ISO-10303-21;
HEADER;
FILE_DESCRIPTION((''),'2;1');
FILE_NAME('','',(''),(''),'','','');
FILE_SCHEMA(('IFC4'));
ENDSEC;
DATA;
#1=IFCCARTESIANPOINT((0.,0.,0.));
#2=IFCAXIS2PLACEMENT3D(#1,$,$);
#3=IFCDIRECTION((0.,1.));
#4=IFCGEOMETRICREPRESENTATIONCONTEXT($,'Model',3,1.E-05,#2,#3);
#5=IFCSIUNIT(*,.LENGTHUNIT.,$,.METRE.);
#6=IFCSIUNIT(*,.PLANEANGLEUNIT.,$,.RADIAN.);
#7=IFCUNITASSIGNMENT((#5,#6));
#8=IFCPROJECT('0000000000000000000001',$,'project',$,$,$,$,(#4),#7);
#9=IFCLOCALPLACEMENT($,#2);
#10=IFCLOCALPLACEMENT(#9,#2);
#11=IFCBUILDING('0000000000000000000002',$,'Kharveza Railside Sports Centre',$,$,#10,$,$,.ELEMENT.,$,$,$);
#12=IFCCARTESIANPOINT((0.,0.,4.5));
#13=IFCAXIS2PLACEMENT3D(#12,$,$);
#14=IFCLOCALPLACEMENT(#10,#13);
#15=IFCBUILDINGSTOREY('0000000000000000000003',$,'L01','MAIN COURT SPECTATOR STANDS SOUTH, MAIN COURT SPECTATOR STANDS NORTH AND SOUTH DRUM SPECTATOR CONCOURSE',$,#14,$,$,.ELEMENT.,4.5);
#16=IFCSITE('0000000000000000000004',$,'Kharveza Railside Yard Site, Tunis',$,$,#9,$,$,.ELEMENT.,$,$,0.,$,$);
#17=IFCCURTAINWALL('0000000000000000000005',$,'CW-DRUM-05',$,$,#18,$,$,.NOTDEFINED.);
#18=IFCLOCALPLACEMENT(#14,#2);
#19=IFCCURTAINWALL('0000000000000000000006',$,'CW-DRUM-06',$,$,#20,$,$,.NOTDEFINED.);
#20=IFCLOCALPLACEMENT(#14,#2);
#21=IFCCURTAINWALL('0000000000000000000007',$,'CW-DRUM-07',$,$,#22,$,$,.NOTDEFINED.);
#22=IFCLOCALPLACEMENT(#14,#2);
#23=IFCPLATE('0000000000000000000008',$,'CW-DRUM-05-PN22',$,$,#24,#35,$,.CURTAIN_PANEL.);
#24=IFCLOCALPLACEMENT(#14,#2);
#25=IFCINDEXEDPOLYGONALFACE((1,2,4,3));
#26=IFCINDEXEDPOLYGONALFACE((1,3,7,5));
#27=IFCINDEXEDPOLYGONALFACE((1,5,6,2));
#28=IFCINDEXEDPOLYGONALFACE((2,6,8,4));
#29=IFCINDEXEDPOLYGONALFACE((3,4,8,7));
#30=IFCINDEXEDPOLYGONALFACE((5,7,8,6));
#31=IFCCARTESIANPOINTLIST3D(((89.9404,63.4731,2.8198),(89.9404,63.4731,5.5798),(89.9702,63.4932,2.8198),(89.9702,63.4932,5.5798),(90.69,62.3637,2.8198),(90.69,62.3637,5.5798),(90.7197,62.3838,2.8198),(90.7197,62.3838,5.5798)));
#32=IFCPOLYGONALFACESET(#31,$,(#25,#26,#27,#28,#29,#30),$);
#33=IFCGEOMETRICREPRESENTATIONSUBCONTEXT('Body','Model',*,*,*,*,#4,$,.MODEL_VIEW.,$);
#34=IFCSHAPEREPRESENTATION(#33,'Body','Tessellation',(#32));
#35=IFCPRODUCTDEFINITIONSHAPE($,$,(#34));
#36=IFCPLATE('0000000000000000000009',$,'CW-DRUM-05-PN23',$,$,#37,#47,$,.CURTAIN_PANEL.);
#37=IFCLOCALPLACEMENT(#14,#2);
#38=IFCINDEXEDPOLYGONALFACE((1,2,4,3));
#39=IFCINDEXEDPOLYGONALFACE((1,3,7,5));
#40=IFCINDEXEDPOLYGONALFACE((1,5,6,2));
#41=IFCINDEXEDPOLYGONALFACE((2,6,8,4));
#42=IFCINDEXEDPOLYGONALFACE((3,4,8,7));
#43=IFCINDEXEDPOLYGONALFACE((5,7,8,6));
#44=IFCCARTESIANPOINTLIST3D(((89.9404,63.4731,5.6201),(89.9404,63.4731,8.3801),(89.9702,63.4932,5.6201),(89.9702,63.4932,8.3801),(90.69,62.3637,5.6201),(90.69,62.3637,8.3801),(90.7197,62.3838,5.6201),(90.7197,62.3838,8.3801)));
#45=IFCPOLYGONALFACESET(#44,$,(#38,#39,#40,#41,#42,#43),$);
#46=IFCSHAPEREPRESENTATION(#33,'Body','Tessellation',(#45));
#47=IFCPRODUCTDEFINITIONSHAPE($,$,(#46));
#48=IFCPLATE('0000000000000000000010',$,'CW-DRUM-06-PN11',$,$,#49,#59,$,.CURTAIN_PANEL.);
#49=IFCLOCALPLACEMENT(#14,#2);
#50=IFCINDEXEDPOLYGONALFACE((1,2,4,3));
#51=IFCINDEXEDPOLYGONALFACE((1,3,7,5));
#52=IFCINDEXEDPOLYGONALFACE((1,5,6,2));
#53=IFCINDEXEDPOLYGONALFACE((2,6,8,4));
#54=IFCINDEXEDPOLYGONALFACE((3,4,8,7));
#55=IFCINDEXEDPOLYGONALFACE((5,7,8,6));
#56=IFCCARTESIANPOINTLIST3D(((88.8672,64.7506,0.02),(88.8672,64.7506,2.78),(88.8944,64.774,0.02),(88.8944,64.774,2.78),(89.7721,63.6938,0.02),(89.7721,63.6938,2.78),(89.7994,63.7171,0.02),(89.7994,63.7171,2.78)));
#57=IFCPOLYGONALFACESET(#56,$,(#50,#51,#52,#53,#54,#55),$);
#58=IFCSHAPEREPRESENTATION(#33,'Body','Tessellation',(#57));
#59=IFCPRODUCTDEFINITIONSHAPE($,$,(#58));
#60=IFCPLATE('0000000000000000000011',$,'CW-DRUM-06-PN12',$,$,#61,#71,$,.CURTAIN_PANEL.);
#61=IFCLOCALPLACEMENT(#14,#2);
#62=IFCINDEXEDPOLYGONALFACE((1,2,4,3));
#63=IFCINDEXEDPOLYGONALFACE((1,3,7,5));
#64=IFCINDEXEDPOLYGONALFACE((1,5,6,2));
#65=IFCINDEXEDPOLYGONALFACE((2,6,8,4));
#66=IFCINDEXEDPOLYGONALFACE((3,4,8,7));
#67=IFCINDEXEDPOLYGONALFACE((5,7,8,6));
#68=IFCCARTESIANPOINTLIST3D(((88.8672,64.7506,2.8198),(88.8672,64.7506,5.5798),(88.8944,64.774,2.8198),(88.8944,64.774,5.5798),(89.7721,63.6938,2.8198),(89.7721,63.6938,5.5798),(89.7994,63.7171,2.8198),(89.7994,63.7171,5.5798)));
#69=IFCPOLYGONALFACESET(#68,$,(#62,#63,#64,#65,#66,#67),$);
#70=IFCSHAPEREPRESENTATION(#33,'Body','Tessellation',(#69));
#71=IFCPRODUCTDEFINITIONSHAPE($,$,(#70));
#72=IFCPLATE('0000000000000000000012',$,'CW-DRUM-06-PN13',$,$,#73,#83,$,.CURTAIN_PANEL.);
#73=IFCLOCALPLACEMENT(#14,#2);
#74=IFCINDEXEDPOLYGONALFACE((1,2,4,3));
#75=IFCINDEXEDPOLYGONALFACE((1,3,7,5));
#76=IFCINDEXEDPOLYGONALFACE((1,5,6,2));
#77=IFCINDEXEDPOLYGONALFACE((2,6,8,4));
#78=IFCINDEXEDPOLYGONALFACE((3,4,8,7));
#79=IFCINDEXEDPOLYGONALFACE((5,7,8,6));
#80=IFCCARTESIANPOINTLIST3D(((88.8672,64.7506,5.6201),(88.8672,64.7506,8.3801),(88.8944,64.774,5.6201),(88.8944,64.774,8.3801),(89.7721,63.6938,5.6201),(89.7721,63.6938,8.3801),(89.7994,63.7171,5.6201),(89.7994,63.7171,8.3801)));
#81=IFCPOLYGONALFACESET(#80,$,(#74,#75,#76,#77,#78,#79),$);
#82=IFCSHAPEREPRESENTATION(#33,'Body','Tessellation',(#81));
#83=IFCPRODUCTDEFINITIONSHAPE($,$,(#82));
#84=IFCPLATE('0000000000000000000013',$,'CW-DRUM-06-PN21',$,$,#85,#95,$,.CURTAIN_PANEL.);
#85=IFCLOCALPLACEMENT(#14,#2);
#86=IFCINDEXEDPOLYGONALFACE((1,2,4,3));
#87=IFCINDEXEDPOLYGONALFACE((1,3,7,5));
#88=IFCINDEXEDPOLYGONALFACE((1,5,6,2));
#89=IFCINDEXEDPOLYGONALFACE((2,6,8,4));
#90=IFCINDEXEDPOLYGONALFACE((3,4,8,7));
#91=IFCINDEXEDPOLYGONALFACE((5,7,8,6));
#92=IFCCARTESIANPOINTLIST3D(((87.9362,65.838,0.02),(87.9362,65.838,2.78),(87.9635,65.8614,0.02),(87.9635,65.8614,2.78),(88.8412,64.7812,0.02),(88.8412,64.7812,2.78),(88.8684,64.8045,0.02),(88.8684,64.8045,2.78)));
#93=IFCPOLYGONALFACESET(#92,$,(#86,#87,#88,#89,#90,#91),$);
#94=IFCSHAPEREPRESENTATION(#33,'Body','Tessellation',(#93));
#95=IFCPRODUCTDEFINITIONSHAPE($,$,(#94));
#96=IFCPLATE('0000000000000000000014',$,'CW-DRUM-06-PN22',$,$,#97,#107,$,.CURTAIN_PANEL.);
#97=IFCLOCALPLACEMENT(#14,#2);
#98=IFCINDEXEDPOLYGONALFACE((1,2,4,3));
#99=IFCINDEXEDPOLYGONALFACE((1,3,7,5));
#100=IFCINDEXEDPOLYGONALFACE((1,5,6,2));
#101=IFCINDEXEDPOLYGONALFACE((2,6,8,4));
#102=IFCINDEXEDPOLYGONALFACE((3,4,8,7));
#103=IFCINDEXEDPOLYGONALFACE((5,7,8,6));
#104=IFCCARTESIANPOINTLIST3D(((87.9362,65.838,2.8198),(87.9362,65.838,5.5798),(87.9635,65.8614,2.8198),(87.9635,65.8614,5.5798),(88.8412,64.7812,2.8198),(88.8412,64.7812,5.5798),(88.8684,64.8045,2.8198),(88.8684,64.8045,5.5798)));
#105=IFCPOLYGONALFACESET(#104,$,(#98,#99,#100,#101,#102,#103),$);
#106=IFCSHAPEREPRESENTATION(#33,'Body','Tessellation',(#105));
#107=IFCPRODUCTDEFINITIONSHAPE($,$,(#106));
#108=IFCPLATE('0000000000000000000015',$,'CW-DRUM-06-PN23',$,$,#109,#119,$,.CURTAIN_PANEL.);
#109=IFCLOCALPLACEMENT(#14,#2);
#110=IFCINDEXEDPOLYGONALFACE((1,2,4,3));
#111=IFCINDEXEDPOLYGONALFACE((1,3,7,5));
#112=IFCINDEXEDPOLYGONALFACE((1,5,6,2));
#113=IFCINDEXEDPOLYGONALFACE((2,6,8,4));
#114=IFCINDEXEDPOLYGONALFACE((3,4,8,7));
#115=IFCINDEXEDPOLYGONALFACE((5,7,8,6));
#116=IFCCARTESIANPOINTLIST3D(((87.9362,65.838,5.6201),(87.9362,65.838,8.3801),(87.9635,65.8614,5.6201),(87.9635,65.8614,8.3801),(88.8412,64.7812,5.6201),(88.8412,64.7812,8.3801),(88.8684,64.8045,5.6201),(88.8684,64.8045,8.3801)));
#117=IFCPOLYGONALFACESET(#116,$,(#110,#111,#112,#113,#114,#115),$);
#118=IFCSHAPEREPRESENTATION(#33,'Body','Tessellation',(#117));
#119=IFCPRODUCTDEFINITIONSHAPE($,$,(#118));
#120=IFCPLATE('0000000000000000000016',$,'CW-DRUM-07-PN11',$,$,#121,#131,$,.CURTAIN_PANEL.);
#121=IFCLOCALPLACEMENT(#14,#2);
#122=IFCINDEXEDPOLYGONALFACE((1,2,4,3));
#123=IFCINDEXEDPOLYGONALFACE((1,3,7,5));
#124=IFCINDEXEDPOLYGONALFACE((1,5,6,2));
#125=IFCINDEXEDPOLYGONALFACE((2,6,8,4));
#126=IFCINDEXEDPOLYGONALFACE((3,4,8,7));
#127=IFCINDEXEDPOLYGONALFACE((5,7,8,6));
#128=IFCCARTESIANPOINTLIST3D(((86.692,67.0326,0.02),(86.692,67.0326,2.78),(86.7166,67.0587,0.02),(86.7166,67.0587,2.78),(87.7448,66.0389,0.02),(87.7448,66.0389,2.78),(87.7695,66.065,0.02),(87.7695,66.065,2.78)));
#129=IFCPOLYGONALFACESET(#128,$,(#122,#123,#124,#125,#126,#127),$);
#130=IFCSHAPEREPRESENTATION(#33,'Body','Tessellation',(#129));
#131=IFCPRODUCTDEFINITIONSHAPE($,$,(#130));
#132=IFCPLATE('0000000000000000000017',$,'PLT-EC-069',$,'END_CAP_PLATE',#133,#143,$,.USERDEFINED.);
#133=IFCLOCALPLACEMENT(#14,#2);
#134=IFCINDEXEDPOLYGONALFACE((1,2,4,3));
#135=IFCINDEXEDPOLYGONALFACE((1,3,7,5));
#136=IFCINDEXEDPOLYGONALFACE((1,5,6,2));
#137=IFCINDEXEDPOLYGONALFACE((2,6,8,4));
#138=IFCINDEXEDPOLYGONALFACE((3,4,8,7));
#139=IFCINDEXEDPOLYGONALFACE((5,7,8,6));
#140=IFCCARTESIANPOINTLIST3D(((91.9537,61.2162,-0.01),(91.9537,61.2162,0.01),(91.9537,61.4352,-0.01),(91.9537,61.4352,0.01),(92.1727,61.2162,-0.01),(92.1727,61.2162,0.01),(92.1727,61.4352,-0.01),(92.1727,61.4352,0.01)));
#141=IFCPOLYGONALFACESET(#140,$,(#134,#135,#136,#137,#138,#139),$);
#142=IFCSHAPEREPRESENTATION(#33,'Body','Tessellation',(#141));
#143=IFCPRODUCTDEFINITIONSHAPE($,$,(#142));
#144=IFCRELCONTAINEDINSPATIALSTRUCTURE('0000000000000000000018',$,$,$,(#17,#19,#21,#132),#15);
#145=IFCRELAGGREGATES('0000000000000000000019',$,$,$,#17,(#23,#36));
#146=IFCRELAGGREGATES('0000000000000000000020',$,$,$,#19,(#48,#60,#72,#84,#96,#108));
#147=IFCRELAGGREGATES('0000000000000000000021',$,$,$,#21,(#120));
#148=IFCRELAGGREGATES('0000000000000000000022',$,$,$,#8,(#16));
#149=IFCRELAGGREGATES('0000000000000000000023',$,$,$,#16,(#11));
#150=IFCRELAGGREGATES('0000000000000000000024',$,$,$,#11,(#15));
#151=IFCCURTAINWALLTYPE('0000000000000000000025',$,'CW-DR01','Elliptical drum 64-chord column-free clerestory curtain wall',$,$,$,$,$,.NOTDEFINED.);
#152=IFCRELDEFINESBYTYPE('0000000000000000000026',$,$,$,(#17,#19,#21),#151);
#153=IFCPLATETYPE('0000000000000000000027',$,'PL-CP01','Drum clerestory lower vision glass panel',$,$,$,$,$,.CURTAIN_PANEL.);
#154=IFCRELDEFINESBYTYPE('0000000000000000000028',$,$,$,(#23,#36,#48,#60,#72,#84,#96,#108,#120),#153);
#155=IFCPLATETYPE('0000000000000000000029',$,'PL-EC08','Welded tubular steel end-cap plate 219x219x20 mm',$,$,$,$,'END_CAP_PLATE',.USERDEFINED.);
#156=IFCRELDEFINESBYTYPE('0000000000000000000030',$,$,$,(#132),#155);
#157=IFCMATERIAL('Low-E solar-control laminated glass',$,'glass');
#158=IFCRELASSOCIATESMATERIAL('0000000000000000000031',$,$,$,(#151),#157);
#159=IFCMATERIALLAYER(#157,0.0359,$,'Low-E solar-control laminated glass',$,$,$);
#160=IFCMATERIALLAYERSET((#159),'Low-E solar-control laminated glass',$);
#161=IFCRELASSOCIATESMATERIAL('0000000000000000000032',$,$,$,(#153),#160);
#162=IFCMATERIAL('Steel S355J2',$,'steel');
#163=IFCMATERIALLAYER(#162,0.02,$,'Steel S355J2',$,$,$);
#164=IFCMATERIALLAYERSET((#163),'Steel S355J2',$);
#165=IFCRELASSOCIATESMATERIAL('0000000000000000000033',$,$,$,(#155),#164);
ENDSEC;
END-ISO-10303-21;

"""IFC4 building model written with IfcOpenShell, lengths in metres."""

from ifc_helpers import new_model, si_unit, direction, frame, origin, origin_2d, place, context, subcontext, project, spatial, rectangle, extrude, material, layer, layer_set, type_object, element, aggregate, save


model = new_model("IFC4")

# Units and contexts
model_context = context("Model", 3, precision=1e-05, world=origin(), true_north=direction((0.0, 1.0)))
body_context = subcontext(model_context, "Body", "Model", "MODEL_VIEW")
ifc_project = project(units=[si_unit("LENGTHUNIT", "METRE"), si_unit("PLANEANGLEUNIT", "RADIAN")], contexts=[model_context])

# Site, building, storey
site_placement = place(None, origin())
site = spatial("IfcSite", under=ifc_project, at=site_placement, Name="Kharveza Railside Yard Site, Tunis", CompositionType="ELEMENT", RefElevation=0.0)
building_placement = place(site_placement, origin())
building = spatial("IfcBuilding", under=site, at=building_placement, Name="Kharveza Railside Sports Centre", CompositionType="ELEMENT")
storey_placement = place(building_placement, frame((0.0, 0.0, 4.5)))
storey = spatial("IfcBuildingStorey", under=building, at=storey_placement, Name="L01", Description="MAIN COURT SPECTATOR STANDS SOUTH, MAIN COURT SPECTATOR STANDS NORTH AND SOUTH DRUM SPECTATOR CONCOURSE", CompositionType="ELEMENT", Elevation=4.5)

# Curtain walls
ifc_material_1 = material(Name="Low-E solar-control laminated glass", Category="glass")
curtain_wall_type = type_object("IfcCurtainWallType", Name="CW-DR01", Description="Elliptical drum 64-chord column-free clerestory curtain wall", PredefinedType="NOTDEFINED", material=ifc_material_1)
curtain_wall_1_placement = place(storey_placement, origin())
curtain_wall_1 = element("IfcCurtainWall", 1, at=curtain_wall_1_placement, inside=storey, type_object=curtain_wall_type, Name="CW-DRUM-05", PredefinedType="NOTDEFINED")
curtain_wall_2_placement = place(storey_placement, origin())
curtain_wall_2 = element("IfcCurtainWall", 2, at=curtain_wall_2_placement, inside=storey, type_object=curtain_wall_type, Name="CW-DRUM-06", PredefinedType="NOTDEFINED")

# Curtain wall
curtain_wall_3_placement = place(storey_placement, origin())
curtain_wall_3 = element("IfcCurtainWall", 3, at=curtain_wall_3_placement, inside=storey, type_object=curtain_wall_type, Name="CW-DRUM-07", PredefinedType="NOTDEFINED")

# Plates
ifc_layer_1 = layer(ifc_material_1, 0.0359, Name="Low-E solar-control laminated glass")
ifc_layer_set_1 = layer_set([ifc_layer_1], Name="Low-E solar-control laminated glass")
plate_type_1 = type_object("IfcPlateType", Name="PL-CP01", Description="Drum clerestory lower vision glass panel", PredefinedType="CURTAIN_PANEL", material=ifc_layer_set_1)
plate_1_placement = place(storey_placement, frame((90.3301, 62.9285, 2.8198), z_axis=(0.0, 0.0, 1.0), x_axis=(-0.559844, 0.828598, 0.0)))
plate_1 = element("IfcPlate", 4, at=plate_1_placement, type_object=plate_type_1, Name="CW-DRUM-05-PN22", PredefinedType="CURTAIN_PANEL", context=body_context, shape_type="SweptSolid", body=[
    extrude(rectangle(XDim=1.3389, YDim=0.0359, at=origin_2d()), origin(), (0.0, 0.0, 1.0), 2.76),
])
plate_2_placement = place(storey_placement, frame((90.3301, 62.9285, 5.6201), z_axis=(0.0, 0.0, 1.0), x_axis=(-0.559844, 0.828598, 0.0)))
plate_2 = element("IfcPlate", 5, at=plate_2_placement, type_object=plate_type_1, Name="CW-DRUM-05-PN23", PredefinedType="CURTAIN_PANEL", context=body_context, shape_type="SweptSolid", body=[
    extrude(rectangle(XDim=1.3389, YDim=0.0359, at=origin_2d()), origin(), (0.0, 0.0, 1.0), 2.76),
])
aggregate(curtain_wall_1, [plate_1, plate_2])
plate_3_placement = place(storey_placement, frame((89.3333, 64.2339, 0.02), z_axis=(0.0, 0.0, 1.0), x_axis=(-0.650403, 0.759589, 0.0)))
plate_3 = element("IfcPlate", 6, at=plate_3_placement, type_object=plate_type_1, Name="CW-DRUM-06-PN11", PredefinedType="CURTAIN_PANEL", context=body_context, shape_type="SweptSolid", body=[
    extrude(rectangle(XDim=1.3914, YDim=0.0359, at=origin_2d()), origin(), (0.0, 0.0, 1.0), 2.76),
])
plate_4_placement = place(storey_placement, frame((89.3333, 64.2339, 2.8198), z_axis=(0.0, 0.0, 1.0), x_axis=(-0.650403, 0.759589, 0.0)))
plate_4 = element("IfcPlate", 7, at=plate_4_placement, type_object=plate_type_1, Name="CW-DRUM-06-PN12", PredefinedType="CURTAIN_PANEL", context=body_context, shape_type="SweptSolid", body=[
    extrude(rectangle(XDim=1.3914, YDim=0.0359, at=origin_2d()), origin(), (0.0, 0.0, 1.0), 2.76),
])
plate_5_placement = place(storey_placement, frame((89.3333, 64.2339, 5.6201), z_axis=(0.0, 0.0, 1.0), x_axis=(-0.650403, 0.759589, 0.0)))
plate_5 = element("IfcPlate", 8, at=plate_5_placement, type_object=plate_type_1, Name="CW-DRUM-06-PN13", PredefinedType="CURTAIN_PANEL", context=body_context, shape_type="SweptSolid", body=[
    extrude(rectangle(XDim=1.3914, YDim=0.0359, at=origin_2d()), origin(), (0.0, 0.0, 1.0), 2.76),
])
plate_6_placement = place(storey_placement, frame((88.4023, 65.3213, 0.02), z_axis=(0.0, 0.0, 1.0), x_axis=(-0.650403, 0.759589, 0.0)))
plate_6 = element("IfcPlate", 9, at=plate_6_placement, type_object=plate_type_1, Name="CW-DRUM-06-PN21", PredefinedType="CURTAIN_PANEL", context=body_context, shape_type="SweptSolid", body=[
    extrude(rectangle(XDim=1.3914, YDim=0.0359, at=origin_2d()), origin(), (0.0, 0.0, 1.0), 2.76),
])
plate_7_placement = place(storey_placement, frame((88.4023, 65.3213, 2.8198), z_axis=(0.0, 0.0, 1.0), x_axis=(-0.650403, 0.759589, 0.0)))
plate_7 = element("IfcPlate", 10, at=plate_7_placement, type_object=plate_type_1, Name="CW-DRUM-06-PN22", PredefinedType="CURTAIN_PANEL", context=body_context, shape_type="SweptSolid", body=[
    extrude(rectangle(XDim=1.3914, YDim=0.0359, at=origin_2d()), origin(), (0.0, 0.0, 1.0), 2.76),
])
plate_8_placement = place(storey_placement, frame((88.4023, 65.3213, 5.6201), z_axis=(0.0, 0.0, 1.0), x_axis=(-0.650403, 0.759589, 0.0)))
plate_8 = element("IfcPlate", 11, at=plate_8_placement, type_object=plate_type_1, Name="CW-DRUM-06-PN23", PredefinedType="CURTAIN_PANEL", context=body_context, shape_type="SweptSolid", body=[
    extrude(rectangle(XDim=1.3914, YDim=0.0359, at=origin_2d()), origin(), (0.0, 0.0, 1.0), 2.76),
])
aggregate(curtain_wall_2, [plate_3, plate_4, plate_5, plate_6, plate_7, plate_8])
plate_9_placement = place(storey_placement, frame((87.2307, 66.5488, 0.02), z_axis=(0.0, 0.0, 1.0), x_axis=(-0.727234, 0.68639, 0.0)))
plate_9 = element("IfcPlate", 12, at=plate_9_placement, type_object=plate_type_1, Name="CW-DRUM-07-PN11", PredefinedType="CURTAIN_PANEL", context=body_context, shape_type="SweptSolid", body=[
    extrude(rectangle(XDim=1.4478, YDim=0.0359, at=origin_2d()), origin(), (0.0, 0.0, 1.0), 2.76),
])
aggregate(curtain_wall_3, [plate_9])
ifc_material_2 = material(Name="Steel S355J2", Category="steel")
ifc_layer_2 = layer(ifc_material_2, 0.02, Name="Steel S355J2")
ifc_layer_set_2 = layer_set([ifc_layer_2], Name="Steel S355J2")
plate_type_2 = type_object("IfcPlateType", Name="PL-EC08", Description="Welded tubular steel end-cap plate 219x219x20 mm", ElementType="END_CAP_PLATE", PredefinedType="USERDEFINED", material=ifc_layer_set_2)
plate_10_placement = place(storey_placement, frame((92.0632, 61.3257, -0.01), z_axis=(0.0, 0.0, 1.0), x_axis=(1.0, 0.0, 0.0)))
element("IfcPlate", 13, at=plate_10_placement, inside=storey, type_object=plate_type_2, Name="PLT-EC-069", ObjectType="END_CAP_PLATE", PredefinedType="USERDEFINED", context=body_context, shape_type="SweptSolid", body=[
    extrude(rectangle(XDim=0.219, YDim=0.219, at=origin_2d()), origin(), (0.0, 0.0, 1.0), 0.02),
])

save(model, "model.ifc")
